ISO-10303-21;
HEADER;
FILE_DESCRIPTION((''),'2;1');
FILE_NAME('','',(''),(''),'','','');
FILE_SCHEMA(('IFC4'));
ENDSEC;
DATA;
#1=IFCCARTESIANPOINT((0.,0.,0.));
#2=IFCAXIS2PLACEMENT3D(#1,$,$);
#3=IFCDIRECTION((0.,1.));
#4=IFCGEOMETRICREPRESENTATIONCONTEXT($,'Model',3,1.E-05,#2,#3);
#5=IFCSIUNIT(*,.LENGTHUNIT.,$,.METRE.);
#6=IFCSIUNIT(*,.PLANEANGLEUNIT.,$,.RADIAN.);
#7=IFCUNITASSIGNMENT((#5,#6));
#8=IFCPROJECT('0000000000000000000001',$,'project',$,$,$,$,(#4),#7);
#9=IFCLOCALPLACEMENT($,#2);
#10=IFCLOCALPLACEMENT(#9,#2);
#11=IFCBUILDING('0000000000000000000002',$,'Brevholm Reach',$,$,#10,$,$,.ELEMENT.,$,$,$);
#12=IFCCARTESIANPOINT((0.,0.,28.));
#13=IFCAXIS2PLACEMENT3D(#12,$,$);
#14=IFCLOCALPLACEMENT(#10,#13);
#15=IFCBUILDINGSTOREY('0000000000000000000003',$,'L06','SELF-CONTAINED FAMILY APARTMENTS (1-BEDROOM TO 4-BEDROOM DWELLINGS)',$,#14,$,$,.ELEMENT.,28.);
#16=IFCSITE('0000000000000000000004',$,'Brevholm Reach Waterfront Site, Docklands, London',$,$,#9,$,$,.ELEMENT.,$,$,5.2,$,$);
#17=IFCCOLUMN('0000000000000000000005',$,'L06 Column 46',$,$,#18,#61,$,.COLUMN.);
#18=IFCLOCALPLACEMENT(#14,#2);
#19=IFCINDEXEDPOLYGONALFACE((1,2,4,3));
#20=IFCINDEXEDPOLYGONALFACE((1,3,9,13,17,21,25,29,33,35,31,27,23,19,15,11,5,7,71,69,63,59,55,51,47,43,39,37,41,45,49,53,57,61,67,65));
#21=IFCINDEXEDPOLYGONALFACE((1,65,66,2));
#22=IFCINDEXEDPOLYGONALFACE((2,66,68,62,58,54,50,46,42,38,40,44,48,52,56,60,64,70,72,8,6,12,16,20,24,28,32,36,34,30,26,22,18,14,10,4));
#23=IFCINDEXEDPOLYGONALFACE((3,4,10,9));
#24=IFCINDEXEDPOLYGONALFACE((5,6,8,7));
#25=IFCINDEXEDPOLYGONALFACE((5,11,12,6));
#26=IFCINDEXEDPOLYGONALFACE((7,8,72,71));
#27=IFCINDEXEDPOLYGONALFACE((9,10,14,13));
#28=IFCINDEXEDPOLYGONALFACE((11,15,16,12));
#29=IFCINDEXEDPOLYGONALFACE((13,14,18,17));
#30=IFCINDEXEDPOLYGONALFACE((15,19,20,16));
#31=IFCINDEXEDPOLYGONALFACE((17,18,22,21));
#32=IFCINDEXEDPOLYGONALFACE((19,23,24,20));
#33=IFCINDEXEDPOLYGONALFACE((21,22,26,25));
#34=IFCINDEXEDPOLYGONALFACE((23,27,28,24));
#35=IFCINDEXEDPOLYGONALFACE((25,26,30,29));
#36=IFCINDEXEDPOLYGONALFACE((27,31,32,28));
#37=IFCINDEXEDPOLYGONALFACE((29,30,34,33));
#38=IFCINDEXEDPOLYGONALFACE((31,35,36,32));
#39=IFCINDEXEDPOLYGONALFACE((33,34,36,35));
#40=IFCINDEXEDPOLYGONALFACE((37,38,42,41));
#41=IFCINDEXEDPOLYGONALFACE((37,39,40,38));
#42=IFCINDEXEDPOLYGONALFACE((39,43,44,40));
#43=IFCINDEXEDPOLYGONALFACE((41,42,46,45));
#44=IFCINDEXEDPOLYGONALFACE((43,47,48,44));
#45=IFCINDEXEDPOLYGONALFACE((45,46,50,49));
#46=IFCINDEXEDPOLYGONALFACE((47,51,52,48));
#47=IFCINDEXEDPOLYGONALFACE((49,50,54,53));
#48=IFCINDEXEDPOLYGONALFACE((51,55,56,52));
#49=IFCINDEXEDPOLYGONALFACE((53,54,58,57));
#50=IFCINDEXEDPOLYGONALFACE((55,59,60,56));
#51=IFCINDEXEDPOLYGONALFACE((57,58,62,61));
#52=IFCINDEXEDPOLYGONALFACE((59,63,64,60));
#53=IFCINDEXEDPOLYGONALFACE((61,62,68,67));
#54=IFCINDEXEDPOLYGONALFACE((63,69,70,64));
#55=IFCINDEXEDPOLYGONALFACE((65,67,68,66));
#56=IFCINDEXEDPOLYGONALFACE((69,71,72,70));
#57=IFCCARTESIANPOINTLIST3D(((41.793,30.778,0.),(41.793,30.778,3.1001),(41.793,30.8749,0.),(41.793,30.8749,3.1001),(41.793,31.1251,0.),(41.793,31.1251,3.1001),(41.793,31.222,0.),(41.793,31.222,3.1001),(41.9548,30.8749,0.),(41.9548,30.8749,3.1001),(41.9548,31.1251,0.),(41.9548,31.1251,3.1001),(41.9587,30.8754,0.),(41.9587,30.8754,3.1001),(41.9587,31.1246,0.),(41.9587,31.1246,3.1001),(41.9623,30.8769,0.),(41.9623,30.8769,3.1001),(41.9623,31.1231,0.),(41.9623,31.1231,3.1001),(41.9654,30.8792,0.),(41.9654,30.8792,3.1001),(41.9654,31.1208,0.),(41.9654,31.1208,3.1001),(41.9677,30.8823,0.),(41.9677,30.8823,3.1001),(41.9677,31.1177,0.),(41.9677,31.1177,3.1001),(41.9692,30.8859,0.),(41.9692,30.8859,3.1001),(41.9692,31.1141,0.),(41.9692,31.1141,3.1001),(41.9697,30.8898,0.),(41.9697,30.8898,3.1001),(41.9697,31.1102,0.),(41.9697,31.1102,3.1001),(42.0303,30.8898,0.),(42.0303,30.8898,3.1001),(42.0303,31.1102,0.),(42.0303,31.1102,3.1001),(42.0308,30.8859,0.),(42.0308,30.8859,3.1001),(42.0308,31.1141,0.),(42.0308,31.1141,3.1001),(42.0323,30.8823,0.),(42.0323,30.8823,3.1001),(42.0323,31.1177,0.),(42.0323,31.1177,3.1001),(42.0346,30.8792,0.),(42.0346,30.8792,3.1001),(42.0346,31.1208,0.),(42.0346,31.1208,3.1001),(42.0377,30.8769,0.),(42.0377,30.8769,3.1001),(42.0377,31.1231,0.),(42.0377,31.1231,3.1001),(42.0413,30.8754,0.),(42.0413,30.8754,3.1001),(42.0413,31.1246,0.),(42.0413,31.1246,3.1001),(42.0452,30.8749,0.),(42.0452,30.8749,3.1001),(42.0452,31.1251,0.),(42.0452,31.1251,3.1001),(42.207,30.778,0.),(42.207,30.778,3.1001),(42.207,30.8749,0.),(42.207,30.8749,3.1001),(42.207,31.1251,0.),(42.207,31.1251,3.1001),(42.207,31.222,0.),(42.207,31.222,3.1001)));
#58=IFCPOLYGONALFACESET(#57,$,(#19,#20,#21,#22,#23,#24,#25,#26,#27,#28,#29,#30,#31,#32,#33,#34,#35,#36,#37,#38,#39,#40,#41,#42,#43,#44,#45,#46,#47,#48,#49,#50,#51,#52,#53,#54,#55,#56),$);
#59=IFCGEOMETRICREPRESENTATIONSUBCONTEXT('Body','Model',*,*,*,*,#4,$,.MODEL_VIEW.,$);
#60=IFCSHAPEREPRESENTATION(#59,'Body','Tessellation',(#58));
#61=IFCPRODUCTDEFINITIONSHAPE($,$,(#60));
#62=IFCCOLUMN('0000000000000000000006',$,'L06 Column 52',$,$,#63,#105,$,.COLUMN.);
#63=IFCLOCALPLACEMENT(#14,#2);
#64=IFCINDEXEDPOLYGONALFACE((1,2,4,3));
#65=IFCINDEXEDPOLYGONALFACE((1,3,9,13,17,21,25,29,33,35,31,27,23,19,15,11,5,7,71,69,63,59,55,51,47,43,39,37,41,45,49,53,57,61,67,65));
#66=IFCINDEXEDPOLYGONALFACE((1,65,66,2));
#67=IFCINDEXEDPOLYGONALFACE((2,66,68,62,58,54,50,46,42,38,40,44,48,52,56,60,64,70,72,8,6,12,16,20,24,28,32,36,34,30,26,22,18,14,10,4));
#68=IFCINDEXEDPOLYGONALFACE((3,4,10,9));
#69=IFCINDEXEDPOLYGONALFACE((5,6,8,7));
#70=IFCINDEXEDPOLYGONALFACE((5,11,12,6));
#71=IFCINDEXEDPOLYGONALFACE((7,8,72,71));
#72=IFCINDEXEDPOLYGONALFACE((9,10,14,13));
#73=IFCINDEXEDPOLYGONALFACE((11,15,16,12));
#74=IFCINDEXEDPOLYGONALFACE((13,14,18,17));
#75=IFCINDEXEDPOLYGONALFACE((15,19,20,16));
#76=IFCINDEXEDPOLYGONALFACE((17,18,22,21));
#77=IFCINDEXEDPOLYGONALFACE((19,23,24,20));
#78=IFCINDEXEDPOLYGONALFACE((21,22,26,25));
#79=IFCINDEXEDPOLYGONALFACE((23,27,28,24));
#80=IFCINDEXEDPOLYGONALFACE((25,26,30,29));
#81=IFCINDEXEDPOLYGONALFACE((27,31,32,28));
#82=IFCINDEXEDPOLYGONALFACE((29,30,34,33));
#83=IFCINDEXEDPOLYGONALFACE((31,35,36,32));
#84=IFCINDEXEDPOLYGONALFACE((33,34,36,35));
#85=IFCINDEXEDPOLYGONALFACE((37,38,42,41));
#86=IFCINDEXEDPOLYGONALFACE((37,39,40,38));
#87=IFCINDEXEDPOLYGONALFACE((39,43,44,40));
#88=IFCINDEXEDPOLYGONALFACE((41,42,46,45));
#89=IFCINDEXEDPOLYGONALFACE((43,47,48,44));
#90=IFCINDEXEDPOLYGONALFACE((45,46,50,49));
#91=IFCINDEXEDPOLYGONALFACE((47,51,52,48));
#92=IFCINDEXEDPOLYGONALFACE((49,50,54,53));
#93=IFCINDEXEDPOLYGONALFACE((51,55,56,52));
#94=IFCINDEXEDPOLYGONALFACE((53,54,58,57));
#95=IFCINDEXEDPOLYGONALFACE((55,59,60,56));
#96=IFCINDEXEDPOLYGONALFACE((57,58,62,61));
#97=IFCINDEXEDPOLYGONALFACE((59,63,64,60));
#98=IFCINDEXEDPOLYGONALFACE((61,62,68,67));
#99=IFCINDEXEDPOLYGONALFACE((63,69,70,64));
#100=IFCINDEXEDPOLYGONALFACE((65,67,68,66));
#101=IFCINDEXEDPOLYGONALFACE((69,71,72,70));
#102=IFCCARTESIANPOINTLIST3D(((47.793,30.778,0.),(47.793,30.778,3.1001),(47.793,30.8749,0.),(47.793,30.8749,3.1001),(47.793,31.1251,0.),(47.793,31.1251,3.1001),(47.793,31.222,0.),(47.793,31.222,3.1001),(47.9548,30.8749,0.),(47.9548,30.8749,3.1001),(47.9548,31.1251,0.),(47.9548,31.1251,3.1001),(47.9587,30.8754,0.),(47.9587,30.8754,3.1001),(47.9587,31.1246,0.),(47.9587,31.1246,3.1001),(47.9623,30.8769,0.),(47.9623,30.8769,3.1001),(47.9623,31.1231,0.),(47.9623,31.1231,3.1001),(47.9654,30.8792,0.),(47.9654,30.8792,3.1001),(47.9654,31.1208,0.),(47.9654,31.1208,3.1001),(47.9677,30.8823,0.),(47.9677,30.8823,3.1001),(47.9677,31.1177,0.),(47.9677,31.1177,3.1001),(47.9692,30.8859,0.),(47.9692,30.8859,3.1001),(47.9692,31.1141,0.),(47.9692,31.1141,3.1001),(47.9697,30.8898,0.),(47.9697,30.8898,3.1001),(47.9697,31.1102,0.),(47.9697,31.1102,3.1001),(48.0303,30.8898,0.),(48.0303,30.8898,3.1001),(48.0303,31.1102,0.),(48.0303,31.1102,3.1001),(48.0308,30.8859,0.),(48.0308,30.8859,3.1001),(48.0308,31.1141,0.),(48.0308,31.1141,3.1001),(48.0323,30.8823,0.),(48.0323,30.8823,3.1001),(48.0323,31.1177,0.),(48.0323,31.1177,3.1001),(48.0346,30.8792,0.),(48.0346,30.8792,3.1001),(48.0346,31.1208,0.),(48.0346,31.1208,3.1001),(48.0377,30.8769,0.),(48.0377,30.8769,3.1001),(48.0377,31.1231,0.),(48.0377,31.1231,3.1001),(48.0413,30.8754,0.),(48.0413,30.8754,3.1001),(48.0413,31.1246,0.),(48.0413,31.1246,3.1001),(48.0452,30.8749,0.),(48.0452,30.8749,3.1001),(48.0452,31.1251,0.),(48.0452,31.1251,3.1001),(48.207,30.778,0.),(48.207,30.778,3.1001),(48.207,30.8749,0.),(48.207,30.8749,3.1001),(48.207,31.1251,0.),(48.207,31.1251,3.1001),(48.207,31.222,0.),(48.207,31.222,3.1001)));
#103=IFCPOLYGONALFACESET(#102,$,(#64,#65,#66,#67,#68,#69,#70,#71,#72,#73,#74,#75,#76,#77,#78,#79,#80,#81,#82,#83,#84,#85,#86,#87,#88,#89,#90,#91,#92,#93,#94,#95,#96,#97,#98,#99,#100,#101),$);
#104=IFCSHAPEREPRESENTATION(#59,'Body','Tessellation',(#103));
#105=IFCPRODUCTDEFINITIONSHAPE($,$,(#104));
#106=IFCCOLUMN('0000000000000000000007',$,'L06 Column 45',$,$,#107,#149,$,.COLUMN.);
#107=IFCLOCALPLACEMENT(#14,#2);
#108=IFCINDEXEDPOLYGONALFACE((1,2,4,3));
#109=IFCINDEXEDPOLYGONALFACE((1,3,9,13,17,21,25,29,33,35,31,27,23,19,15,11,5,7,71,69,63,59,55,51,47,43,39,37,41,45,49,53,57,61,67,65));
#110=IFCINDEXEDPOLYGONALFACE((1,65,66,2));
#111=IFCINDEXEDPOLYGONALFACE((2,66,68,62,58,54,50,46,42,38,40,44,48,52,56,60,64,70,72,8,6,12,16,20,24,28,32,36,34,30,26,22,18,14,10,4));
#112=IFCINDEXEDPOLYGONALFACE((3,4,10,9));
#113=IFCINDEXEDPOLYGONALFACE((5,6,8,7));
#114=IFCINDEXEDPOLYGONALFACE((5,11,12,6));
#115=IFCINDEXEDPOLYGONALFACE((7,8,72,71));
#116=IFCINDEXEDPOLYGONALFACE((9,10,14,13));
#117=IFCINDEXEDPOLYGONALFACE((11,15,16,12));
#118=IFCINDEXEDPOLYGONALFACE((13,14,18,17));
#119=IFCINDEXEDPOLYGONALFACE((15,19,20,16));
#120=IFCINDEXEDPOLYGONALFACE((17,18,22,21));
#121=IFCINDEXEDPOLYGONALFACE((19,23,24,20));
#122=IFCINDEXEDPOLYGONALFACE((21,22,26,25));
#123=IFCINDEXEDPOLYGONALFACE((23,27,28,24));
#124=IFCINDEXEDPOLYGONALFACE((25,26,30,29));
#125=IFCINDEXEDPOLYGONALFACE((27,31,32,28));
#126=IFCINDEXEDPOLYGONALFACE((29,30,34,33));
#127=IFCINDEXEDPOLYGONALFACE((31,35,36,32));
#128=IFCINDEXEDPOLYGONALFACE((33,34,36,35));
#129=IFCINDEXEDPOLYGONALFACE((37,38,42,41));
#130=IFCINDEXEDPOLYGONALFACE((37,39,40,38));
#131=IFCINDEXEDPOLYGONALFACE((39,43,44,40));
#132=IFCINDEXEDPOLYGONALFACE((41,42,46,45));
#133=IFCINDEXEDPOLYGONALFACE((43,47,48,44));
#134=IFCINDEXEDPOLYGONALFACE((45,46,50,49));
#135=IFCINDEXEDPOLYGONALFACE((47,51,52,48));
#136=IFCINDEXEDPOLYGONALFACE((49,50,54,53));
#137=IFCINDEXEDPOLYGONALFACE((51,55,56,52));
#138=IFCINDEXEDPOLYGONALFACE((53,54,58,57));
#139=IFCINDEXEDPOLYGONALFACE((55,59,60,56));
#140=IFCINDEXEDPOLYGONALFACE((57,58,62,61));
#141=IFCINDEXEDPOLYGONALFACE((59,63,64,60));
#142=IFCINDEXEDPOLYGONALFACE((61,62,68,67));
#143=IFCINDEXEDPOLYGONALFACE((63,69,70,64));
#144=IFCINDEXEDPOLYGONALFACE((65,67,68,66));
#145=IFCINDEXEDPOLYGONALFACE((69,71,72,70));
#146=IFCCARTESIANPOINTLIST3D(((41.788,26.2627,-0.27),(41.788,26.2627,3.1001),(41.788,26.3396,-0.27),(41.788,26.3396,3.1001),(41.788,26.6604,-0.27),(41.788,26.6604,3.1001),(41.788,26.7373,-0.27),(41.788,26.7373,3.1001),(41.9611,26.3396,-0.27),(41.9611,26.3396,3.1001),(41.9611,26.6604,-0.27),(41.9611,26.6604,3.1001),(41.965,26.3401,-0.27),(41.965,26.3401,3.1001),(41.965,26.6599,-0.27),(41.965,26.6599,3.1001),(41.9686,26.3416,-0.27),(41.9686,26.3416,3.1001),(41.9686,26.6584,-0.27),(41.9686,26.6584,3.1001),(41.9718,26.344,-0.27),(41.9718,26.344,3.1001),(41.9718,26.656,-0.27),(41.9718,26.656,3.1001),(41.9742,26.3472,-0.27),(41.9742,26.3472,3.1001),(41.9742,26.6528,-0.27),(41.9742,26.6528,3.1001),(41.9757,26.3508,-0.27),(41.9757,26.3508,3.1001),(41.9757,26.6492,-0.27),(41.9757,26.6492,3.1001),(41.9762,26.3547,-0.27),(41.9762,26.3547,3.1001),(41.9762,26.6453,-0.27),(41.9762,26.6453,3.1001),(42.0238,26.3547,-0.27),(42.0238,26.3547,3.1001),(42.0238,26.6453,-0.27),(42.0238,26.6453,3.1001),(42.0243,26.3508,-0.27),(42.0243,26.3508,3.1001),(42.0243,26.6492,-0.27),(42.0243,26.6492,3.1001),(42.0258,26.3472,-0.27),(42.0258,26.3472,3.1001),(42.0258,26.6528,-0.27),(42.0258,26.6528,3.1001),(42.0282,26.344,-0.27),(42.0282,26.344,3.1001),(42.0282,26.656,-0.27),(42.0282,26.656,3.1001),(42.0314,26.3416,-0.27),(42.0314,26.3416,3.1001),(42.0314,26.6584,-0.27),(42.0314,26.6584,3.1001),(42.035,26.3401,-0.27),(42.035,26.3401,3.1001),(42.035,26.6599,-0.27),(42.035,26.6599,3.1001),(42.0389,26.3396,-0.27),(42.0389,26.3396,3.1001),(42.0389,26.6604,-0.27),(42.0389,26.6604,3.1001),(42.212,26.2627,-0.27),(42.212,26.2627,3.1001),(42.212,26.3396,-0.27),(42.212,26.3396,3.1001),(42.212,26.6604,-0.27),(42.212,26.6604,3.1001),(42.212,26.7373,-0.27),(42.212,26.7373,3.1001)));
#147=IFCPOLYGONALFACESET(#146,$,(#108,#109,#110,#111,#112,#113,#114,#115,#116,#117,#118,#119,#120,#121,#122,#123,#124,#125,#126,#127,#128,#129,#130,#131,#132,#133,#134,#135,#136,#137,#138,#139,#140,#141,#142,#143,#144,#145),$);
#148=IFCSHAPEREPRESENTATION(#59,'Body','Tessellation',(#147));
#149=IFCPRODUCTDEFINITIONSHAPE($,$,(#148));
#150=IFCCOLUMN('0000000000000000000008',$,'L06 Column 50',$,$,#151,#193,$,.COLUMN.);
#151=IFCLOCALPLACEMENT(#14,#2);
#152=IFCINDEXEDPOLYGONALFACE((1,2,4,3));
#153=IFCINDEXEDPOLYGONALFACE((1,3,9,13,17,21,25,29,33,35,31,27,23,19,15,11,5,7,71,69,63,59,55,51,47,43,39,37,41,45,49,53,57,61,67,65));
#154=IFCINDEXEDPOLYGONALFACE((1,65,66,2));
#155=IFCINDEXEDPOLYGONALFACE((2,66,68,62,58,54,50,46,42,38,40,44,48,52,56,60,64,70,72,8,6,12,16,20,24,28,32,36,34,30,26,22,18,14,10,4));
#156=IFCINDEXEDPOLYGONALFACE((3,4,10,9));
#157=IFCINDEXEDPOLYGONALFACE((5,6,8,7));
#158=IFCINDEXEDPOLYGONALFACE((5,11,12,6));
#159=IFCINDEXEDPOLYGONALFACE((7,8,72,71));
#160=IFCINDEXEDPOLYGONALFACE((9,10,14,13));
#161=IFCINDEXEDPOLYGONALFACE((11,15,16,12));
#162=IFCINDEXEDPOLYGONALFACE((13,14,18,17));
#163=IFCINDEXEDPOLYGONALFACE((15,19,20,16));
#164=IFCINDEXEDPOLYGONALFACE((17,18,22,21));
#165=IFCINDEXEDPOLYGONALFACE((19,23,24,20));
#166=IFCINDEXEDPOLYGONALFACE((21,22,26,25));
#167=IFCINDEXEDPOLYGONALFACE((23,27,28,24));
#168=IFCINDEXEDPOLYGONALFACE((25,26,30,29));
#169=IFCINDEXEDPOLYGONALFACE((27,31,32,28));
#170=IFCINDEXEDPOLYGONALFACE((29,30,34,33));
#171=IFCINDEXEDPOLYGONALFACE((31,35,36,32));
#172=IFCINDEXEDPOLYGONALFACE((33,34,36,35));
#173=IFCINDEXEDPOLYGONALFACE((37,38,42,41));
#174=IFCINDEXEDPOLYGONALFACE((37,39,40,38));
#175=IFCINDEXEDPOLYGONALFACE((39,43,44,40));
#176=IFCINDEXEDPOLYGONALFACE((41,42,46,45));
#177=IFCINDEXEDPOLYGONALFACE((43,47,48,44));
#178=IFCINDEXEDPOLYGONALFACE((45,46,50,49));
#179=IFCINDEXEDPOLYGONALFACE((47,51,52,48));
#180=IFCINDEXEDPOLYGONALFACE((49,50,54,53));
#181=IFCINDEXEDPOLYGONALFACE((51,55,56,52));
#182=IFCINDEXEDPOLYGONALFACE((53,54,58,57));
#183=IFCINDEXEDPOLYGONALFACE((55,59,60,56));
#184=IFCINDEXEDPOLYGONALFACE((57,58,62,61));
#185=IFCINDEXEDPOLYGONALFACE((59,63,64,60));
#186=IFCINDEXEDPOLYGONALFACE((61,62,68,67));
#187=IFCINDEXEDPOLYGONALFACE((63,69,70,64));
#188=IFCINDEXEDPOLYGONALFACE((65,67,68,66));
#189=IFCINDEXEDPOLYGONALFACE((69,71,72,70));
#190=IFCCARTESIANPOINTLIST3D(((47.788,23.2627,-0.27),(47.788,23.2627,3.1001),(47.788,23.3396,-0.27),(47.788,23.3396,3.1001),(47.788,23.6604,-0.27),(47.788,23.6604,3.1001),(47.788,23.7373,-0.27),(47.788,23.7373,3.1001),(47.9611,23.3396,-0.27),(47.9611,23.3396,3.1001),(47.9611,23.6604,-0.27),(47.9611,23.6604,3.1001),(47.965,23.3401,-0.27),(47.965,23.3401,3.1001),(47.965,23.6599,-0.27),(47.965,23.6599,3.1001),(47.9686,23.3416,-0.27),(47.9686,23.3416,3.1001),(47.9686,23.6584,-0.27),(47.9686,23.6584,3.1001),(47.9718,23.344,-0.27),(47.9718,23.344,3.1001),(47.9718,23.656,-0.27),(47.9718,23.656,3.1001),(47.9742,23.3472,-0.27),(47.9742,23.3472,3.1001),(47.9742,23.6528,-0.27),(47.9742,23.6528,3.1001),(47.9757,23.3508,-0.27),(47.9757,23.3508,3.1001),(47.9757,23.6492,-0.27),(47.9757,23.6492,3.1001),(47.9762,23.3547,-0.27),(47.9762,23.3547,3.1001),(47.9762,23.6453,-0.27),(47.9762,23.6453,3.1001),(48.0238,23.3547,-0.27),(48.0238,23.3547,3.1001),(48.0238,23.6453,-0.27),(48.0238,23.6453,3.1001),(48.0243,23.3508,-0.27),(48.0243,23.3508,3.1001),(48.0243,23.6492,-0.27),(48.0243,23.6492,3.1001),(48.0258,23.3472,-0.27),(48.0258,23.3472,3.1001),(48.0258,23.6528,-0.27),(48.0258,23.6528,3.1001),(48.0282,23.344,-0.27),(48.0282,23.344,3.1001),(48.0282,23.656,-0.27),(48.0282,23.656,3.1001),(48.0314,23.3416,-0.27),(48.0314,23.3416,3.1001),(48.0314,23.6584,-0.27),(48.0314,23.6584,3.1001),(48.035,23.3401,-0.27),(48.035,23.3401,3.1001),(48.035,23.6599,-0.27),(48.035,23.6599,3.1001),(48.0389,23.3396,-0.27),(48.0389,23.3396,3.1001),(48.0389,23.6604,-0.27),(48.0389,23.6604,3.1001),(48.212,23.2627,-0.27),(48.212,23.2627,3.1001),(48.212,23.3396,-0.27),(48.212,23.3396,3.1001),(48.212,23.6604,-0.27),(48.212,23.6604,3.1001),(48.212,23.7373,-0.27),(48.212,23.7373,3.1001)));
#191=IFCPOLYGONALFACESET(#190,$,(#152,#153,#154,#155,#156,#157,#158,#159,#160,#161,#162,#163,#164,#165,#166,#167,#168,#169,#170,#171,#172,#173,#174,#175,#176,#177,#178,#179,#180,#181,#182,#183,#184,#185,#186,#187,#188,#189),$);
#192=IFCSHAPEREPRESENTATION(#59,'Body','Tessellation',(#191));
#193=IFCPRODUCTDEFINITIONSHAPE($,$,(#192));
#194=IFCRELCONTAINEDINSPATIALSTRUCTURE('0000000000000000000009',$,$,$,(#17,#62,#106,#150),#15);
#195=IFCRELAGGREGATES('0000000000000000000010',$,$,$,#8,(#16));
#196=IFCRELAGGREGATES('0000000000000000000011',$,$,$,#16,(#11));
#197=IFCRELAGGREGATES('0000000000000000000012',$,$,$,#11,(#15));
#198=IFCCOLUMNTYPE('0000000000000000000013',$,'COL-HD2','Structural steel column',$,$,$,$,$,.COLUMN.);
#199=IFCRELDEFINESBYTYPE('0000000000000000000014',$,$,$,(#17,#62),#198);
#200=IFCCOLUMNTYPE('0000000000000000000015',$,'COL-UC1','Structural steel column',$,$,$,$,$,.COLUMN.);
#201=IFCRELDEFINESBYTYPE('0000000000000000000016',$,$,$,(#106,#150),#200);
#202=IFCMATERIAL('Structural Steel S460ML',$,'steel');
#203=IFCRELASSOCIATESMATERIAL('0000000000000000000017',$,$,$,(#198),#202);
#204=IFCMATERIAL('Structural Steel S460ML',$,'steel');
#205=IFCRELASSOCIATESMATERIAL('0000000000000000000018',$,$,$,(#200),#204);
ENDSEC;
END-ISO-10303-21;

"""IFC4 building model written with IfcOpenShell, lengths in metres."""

from ifc_helpers import new_model, si_unit, direction, frame, origin, origin_2d, place, context, subcontext, project, spatial, i_section, extrude, material, material_profile, profile_set, type_object, element, save


model = new_model("IFC4")

# Units and contexts
model_context = context("Model", 3, precision=1e-05, world=origin(), true_north=direction((0.0, 1.0)))
body_context = subcontext(model_context, "Body", "Model", "MODEL_VIEW")
ifc_project = project(units=[si_unit("LENGTHUNIT", "METRE"), si_unit("PLANEANGLEUNIT", "RADIAN")], contexts=[model_context])

# Site, building, storey
site_placement = place(None, origin())
site = spatial("IfcSite", under=ifc_project, at=site_placement, Name="Brevholm Reach Waterfront Site, Docklands, London", CompositionType="ELEMENT", RefElevation=5.2)
building_placement = place(site_placement, origin())
building = spatial("IfcBuilding", under=site, at=building_placement, Name="Brevholm Reach", CompositionType="ELEMENT")
storey_placement = place(building_placement, frame((0.0, 0.0, 28.0)))
storey = spatial("IfcBuildingStorey", under=building, at=storey_placement, Name="L06", Description="SELF-CONTAINED FAMILY APARTMENTS (1-BEDROOM TO 4-BEDROOM DWELLINGS)", CompositionType="ELEMENT", Elevation=28.0)

# Columns
ifc_material_1 = material(Name="Structural Steel S460ML", Category="steel")
ifc_material_profile_1 = material_profile(ifc_material_1, i_section(OverallWidth=0.4141, OverallDepth=0.4441, WebThickness=0.0605, FlangeThickness=0.0969, FilletRadius=0.0149, at=origin_2d()), Name="HD 400x818")
ifc_profile_set_1 = profile_set([ifc_material_profile_1], Name="Structural Steel S460ML")
column_type_1 = type_object("IfcColumnType", Name="COL-HD2", Description="Structural steel column", PredefinedType="COLUMN", material=ifc_profile_set_1)
for number, where, z_axis, x_axis, name in (
    (1, (42.0, 31.0, 0.0), (0.0, 0.0, 1.0), (1.0, 0.0, 0.0), "L06 Column 46"),
    (2, (48.0, 31.0, 0.0), (0.0, 0.0, 1.0), (1.0, 0.0, 0.0), "L06 Column 52"),
):
    element("IfcColumn", number, at=place(storey_placement, frame(where, z_axis=z_axis, x_axis=x_axis)), inside=storey, type_object=column_type_1, Name=name, PredefinedType="COLUMN", context=body_context, shape_type="SweptSolid", body=[
        extrude(i_section(OverallWidth=0.4141, OverallDepth=0.4441, WebThickness=0.0605, FlangeThickness=0.0969, FilletRadius=0.0149, at=origin_2d()), origin(), (0.0, 0.0, 1.0), 3.1001),
    ])
ifc_material_2 = material(Name="Structural Steel S460ML", Category="steel")
ifc_material_profile_2 = material_profile(ifc_material_2, i_section(OverallWidth=0.4241, OverallDepth=0.4746, WebThickness=0.0476, FlangeThickness=0.0769, FilletRadius=0.0151, at=origin_2d()), Name="UKC 356x406x634")
ifc_profile_set_2 = profile_set([ifc_material_profile_2], Name="Structural Steel S460ML")
column_type_2 = type_object("IfcColumnType", Name="COL-UC1", Description="Structural steel column", PredefinedType="COLUMN", material=ifc_profile_set_2)
for number, where, z_axis, x_axis, name in (
    (3, (42.0, 26.5, -0.27), (0.0, 0.0, 1.0), (1.0, 0.0, 0.0), "L06 Column 45"),
    (4, (48.0, 23.5, -0.27), (0.0, 0.0, 1.0), (1.0, 0.0, 0.0), "L06 Column 50"),
):
    element("IfcColumn", number, at=place(storey_placement, frame(where, z_axis=z_axis, x_axis=x_axis)), inside=storey, type_object=column_type_2, Name=name, PredefinedType="COLUMN", context=body_context, shape_type="SweptSolid", body=[
        extrude(i_section(OverallWidth=0.4241, OverallDepth=0.4746, WebThickness=0.0476, FlangeThickness=0.0769, FilletRadius=0.0151, at=origin_2d()), origin(), (0.0, 0.0, 1.0), 3.3701),
    ])

save(model, "model.ifc")
